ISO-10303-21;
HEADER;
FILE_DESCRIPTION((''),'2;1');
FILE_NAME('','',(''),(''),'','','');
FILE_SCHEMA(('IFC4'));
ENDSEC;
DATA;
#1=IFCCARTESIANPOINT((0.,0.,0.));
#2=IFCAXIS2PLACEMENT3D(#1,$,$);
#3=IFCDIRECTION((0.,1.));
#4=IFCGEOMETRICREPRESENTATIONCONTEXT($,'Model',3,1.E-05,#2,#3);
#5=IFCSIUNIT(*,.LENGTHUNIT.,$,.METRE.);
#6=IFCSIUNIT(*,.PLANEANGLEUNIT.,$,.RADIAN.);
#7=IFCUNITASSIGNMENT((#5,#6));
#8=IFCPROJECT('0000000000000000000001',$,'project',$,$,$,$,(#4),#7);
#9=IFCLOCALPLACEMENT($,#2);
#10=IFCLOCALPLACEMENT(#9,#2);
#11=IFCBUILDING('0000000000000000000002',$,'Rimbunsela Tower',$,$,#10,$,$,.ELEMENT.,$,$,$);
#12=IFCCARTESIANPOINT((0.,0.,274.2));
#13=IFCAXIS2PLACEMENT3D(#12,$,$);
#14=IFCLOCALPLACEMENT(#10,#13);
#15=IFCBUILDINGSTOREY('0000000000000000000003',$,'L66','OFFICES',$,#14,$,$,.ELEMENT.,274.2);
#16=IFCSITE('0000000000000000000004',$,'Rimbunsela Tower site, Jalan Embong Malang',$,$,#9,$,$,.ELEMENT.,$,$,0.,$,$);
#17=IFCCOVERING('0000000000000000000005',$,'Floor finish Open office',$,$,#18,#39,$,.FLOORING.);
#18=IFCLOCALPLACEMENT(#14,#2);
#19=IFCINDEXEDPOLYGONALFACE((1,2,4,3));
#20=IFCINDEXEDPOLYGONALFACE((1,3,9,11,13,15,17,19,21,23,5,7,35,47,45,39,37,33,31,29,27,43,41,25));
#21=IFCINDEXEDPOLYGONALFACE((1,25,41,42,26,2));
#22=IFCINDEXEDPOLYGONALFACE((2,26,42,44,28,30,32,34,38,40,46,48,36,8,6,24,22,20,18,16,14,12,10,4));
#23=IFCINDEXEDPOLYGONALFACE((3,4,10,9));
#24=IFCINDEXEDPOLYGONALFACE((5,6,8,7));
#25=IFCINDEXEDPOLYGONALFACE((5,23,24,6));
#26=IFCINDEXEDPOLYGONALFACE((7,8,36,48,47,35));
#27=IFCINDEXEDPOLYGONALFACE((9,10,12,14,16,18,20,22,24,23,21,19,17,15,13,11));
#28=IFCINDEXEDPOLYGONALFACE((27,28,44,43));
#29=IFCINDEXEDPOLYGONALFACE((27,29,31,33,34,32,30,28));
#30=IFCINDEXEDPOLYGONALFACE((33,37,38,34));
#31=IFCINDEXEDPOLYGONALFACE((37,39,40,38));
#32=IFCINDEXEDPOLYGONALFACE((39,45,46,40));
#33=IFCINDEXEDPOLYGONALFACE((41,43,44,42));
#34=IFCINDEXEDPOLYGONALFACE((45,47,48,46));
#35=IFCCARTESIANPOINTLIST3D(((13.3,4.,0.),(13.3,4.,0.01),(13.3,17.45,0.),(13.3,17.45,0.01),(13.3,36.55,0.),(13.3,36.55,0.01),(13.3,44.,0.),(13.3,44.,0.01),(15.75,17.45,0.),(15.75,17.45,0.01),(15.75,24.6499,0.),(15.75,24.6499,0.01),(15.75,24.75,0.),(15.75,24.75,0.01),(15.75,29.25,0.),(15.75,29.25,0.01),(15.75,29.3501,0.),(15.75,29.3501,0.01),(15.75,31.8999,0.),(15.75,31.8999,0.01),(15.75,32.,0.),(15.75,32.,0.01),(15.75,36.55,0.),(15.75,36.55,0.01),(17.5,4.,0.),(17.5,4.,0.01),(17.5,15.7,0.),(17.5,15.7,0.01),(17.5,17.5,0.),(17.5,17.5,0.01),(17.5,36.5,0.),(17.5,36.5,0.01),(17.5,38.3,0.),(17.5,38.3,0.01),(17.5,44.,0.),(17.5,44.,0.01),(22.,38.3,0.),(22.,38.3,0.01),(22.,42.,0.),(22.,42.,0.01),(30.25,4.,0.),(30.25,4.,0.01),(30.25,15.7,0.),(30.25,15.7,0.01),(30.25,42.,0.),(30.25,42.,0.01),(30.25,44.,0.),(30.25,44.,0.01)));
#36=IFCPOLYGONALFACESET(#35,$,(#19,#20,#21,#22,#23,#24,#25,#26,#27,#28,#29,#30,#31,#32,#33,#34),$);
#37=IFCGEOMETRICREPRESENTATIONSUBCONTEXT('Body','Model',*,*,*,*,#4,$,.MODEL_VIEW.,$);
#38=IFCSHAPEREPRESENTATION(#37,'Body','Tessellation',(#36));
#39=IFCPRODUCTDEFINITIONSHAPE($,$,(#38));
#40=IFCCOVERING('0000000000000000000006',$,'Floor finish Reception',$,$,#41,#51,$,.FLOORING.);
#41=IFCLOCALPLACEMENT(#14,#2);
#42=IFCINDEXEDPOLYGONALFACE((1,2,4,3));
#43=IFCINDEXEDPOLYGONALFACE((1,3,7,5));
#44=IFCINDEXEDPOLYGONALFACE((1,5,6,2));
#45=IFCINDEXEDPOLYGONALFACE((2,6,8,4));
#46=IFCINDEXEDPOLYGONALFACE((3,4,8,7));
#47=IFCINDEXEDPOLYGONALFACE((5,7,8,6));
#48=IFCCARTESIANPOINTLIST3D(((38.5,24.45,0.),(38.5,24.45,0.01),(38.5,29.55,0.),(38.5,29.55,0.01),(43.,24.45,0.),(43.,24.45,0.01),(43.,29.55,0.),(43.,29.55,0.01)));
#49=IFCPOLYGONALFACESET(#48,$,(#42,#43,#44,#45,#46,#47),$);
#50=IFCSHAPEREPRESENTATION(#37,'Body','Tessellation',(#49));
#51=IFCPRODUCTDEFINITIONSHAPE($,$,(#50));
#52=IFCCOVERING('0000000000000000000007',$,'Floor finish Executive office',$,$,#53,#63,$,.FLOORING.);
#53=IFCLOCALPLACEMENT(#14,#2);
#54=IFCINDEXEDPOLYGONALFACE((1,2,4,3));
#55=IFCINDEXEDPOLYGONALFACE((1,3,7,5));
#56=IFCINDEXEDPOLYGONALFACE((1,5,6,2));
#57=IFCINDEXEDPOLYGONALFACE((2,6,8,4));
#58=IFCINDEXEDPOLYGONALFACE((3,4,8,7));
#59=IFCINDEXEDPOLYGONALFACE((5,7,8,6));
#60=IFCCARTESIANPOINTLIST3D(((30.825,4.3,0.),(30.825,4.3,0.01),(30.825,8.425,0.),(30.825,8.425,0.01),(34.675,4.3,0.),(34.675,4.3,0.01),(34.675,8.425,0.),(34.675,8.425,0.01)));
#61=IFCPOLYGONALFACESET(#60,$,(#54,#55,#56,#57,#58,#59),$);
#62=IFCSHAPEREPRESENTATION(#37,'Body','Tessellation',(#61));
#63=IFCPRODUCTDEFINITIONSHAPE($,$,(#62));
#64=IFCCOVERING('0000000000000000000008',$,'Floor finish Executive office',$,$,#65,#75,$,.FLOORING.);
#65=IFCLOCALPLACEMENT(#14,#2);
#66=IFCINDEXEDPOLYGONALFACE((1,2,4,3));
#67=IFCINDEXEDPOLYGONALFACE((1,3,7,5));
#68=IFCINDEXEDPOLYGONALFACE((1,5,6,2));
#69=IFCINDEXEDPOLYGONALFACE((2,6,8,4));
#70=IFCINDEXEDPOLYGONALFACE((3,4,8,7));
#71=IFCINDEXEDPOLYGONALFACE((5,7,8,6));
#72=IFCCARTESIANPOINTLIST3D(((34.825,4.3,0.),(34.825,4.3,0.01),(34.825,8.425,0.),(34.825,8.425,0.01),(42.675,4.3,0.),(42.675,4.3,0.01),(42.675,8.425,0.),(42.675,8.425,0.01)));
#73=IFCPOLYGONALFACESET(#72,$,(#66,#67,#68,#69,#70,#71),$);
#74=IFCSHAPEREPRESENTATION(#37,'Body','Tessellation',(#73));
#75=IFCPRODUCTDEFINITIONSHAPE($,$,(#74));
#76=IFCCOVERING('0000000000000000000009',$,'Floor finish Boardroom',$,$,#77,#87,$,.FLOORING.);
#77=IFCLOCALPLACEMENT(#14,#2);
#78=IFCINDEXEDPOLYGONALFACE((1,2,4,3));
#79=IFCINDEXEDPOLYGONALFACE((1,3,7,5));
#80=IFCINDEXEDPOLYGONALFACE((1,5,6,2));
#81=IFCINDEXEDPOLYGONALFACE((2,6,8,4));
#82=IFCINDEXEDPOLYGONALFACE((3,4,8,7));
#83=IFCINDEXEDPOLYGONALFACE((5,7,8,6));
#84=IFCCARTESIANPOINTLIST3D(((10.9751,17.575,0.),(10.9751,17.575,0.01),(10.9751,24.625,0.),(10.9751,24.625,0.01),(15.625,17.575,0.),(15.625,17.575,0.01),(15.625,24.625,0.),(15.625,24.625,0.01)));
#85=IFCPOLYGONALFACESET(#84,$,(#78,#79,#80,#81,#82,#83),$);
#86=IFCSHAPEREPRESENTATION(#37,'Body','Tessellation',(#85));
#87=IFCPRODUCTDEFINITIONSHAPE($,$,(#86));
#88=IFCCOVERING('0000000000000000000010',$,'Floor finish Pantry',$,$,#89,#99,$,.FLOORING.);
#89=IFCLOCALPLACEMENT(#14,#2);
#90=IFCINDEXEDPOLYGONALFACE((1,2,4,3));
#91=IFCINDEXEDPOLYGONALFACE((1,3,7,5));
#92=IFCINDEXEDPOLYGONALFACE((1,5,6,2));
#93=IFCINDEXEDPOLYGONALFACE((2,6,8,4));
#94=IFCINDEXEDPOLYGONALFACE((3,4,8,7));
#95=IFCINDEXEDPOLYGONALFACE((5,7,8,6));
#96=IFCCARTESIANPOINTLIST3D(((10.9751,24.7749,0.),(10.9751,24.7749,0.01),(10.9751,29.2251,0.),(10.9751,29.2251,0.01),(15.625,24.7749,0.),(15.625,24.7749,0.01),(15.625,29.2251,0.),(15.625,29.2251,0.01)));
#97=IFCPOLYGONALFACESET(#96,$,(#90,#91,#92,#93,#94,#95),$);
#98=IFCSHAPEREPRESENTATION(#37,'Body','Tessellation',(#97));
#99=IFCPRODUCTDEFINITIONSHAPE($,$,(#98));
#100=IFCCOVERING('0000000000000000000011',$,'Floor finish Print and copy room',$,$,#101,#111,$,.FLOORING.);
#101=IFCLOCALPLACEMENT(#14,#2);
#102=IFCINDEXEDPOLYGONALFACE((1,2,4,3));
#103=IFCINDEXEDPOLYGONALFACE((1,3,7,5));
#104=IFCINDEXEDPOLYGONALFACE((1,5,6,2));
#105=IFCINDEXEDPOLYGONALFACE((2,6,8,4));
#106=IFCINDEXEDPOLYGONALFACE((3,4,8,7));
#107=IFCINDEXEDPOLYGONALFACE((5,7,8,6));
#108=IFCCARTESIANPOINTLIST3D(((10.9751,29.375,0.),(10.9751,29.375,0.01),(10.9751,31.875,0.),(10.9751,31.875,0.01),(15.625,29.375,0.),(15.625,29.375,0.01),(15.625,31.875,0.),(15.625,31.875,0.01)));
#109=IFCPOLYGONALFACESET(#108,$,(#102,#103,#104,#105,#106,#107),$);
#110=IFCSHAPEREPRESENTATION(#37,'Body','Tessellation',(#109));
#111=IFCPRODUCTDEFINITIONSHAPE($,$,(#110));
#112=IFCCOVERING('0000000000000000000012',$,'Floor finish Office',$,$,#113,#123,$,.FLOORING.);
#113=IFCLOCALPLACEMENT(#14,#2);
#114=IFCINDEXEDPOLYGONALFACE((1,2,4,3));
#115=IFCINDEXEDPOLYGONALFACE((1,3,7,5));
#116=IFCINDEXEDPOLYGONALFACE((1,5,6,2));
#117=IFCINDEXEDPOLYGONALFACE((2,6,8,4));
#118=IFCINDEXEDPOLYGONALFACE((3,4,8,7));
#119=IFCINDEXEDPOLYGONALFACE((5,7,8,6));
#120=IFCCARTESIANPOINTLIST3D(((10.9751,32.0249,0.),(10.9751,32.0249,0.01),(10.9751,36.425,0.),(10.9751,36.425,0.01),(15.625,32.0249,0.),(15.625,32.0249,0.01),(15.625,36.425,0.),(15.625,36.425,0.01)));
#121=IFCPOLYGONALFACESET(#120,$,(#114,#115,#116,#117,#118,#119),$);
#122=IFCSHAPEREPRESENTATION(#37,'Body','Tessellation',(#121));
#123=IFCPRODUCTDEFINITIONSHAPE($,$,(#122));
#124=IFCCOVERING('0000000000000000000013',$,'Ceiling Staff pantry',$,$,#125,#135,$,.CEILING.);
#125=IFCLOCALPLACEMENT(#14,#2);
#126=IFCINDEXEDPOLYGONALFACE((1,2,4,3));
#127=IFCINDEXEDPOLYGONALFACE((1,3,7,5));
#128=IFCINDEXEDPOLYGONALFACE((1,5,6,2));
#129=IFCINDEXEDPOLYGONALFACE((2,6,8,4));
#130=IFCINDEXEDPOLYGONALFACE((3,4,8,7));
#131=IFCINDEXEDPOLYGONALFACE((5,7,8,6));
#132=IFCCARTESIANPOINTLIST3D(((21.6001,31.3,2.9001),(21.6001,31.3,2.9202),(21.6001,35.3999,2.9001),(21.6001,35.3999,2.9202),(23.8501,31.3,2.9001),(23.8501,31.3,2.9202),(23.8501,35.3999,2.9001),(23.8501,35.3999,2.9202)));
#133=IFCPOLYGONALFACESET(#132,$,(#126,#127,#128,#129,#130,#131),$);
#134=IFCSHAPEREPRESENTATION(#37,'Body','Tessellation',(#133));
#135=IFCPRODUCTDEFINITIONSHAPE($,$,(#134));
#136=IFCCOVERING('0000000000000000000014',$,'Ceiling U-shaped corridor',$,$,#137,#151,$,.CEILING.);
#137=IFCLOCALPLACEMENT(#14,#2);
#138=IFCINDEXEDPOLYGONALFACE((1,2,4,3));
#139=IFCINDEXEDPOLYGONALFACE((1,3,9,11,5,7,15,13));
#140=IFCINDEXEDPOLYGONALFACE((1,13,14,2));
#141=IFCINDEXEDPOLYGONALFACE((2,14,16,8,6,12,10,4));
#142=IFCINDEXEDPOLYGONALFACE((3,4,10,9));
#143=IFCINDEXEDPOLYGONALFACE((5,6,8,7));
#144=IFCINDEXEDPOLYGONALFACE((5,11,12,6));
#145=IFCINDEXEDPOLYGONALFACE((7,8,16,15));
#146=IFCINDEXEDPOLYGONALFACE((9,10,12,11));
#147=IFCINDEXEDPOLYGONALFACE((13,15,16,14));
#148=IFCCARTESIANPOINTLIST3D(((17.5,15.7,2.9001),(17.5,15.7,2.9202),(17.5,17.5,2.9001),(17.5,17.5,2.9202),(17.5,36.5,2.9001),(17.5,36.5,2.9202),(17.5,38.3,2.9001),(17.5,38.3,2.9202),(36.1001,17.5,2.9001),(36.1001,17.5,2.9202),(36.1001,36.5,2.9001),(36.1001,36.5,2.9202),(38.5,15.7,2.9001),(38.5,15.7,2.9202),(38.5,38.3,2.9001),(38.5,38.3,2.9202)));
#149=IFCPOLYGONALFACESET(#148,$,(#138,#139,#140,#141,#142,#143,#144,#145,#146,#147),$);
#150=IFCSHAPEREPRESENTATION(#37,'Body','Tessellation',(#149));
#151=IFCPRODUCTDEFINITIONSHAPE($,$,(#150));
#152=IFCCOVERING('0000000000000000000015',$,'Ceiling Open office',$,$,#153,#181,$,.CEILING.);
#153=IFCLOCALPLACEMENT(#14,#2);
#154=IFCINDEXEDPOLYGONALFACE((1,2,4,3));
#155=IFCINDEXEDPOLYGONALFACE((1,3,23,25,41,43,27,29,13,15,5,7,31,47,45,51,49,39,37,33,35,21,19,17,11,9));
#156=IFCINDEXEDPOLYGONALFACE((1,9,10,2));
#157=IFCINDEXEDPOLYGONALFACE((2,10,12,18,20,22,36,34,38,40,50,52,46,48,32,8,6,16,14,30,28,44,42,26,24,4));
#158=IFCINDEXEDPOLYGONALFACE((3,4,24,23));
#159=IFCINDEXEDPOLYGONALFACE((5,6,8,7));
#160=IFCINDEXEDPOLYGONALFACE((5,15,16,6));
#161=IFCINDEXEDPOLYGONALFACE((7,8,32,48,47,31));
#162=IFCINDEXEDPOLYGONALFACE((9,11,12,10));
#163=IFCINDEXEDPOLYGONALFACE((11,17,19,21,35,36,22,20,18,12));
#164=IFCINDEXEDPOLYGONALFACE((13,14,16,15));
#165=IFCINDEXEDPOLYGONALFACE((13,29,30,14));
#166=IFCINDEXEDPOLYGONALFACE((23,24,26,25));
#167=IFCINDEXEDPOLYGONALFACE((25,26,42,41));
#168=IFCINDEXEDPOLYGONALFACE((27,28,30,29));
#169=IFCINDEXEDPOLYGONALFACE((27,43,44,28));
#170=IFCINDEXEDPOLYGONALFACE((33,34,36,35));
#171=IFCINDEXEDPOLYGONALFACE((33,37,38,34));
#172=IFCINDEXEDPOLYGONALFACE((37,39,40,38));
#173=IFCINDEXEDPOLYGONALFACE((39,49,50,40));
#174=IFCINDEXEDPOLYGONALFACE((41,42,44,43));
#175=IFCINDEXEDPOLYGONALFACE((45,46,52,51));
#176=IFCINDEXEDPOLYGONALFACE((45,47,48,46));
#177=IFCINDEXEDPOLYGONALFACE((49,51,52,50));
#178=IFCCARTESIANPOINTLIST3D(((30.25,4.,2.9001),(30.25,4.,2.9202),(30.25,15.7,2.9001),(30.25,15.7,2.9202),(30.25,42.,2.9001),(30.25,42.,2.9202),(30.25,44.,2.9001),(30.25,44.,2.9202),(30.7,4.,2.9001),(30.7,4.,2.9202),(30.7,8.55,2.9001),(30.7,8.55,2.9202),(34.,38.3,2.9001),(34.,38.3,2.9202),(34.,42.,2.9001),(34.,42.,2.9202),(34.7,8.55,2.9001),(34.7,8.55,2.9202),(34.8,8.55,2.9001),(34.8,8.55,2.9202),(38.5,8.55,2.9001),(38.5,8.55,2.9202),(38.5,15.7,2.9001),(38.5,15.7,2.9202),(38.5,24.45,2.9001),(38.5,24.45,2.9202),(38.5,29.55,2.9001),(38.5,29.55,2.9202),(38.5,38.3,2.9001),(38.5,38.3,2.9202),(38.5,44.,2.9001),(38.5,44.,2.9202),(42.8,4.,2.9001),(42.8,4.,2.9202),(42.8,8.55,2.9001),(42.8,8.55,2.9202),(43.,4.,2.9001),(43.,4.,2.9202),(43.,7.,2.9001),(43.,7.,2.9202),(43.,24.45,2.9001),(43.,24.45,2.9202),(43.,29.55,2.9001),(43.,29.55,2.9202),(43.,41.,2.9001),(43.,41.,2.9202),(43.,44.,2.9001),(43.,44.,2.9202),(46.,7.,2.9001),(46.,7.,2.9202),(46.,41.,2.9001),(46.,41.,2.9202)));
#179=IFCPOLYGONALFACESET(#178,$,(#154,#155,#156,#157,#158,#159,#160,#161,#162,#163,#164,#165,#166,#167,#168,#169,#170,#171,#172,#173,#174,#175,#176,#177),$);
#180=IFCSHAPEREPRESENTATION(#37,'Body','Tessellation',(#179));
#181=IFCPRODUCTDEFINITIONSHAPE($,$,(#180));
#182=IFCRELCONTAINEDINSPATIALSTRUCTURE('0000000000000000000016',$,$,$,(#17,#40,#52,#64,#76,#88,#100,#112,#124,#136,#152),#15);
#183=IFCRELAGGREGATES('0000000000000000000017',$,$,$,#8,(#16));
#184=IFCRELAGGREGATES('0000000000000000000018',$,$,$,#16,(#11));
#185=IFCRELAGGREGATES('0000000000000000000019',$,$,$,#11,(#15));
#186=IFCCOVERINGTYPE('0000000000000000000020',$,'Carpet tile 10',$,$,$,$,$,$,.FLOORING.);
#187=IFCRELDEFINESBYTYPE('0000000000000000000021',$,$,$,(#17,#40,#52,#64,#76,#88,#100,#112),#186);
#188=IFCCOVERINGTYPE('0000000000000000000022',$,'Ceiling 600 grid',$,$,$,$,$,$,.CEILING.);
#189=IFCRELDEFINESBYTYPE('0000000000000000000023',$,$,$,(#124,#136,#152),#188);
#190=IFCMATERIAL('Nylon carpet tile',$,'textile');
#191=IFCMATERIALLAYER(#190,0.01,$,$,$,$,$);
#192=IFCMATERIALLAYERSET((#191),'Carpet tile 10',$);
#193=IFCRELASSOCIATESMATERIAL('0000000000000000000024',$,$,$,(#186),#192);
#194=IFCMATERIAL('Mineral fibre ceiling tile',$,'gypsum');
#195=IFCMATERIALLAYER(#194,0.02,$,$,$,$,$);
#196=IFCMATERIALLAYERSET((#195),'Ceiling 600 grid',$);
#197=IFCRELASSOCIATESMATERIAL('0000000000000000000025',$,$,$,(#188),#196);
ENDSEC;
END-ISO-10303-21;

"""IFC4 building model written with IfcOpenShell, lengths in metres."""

from ifc_helpers import new_model, si_unit, direction, frame, origin, place, context, subcontext, project, spatial, polyline, outline, extrude, material, layer, layer_set, type_object, element, save


model = new_model("IFC4")

# Units and contexts
model_context = context("Model", 3, precision=1e-05, world=origin(), true_north=direction((0.0, 1.0)))
body_context = subcontext(model_context, "Body", "Model", "MODEL_VIEW")
ifc_project = project(units=[si_unit("LENGTHUNIT", "METRE"), si_unit("PLANEANGLEUNIT", "RADIAN")], contexts=[model_context])

# Site, building, storey
site_placement = place(None, origin())
site = spatial("IfcSite", under=ifc_project, at=site_placement, Name="Rimbunsela Tower site, Jalan Embong Malang", CompositionType="ELEMENT", RefElevation=0.0)
building_placement = place(site_placement, origin())
building = spatial("IfcBuilding", under=site, at=building_placement, Name="Rimbunsela Tower", CompositionType="ELEMENT")
storey_placement = place(building_placement, frame((0.0, 0.0, 274.2)))
storey = spatial("IfcBuildingStorey", under=building, at=storey_placement, Name="L66", Description="OFFICES", CompositionType="ELEMENT", Elevation=274.2)

# Coverings
ifc_material_1 = material(Name="Nylon carpet tile", Category="textile")
ifc_layer_1 = layer(ifc_material_1, 0.01)
ifc_layer_set_1 = layer_set([ifc_layer_1], Name="Carpet tile 10")
covering_type_1 = type_object("IfcCoveringType", Name="Carpet tile 10", PredefinedType="FLOORING", material=ifc_layer_set_1)
covering_1_placement = place(storey_placement, origin())
element("IfcCovering", 1, at=covering_1_placement, inside=storey, type_object=covering_type_1, Name="Floor finish Open office", PredefinedType="FLOORING", context=body_context, shape_type="SweptSolid", body=[
    extrude(outline(polyline([(30.25, 4.0), (17.5, 4.0), (13.3, 4.0), (13.3, 17.45), (15.75, 17.45), (15.75, 24.6499), (15.75, 24.75), (15.75, 29.25), (15.75, 29.3501), (15.75, 31.8999), (15.75, 32.0), (15.75, 36.55), (13.3, 36.55), (13.3, 44.0), (17.5, 44.0), (30.25, 44.0), (30.25, 42.0), (22.0, 42.0), (22.0, 38.3), (17.5, 38.3), (17.5, 36.5), (17.5, 17.5), (17.5, 15.7), (30.25, 15.7), (30.25, 4.0)])), origin(), (0.0, 0.0, 1.0), 0.01),
])
covering_2_placement = place(storey_placement, origin())
element("IfcCovering", 2, at=covering_2_placement, inside=storey, type_object=covering_type_1, Name="Floor finish Reception", PredefinedType="FLOORING", context=body_context, shape_type="SweptSolid", body=[
    extrude(outline(polyline([(43.0, 24.45), (43.0, 29.55), (38.5, 29.55), (38.5, 24.45), (43.0, 24.45)])), origin(), (0.0, 0.0, 1.0), 0.01),
])
covering_3_placement = place(storey_placement, origin())
element("IfcCovering", 3, at=covering_3_placement, inside=storey, type_object=covering_type_1, Name="Floor finish Executive office", PredefinedType="FLOORING", context=body_context, shape_type="SweptSolid", body=[
    extrude(outline(polyline([(34.675, 4.3), (34.675, 8.425), (30.825, 8.425), (30.825, 4.3), (34.675, 4.3)])), origin(), (0.0, 0.0, 1.0), 0.01),
])
covering_4_placement = place(storey_placement, origin())
element("IfcCovering", 4, at=covering_4_placement, inside=storey, type_object=covering_type_1, Name="Floor finish Executive office", PredefinedType="FLOORING", context=body_context, shape_type="SweptSolid", body=[
    extrude(outline(polyline([(42.675, 4.3), (42.675, 8.425), (34.825, 8.425), (34.825, 4.3), (42.675, 4.3)])), origin(), (0.0, 0.0, 1.0), 0.01),
])
covering_5_placement = place(storey_placement, origin())
element("IfcCovering", 5, at=covering_5_placement, inside=storey, type_object=covering_type_1, Name="Floor finish Boardroom", PredefinedType="FLOORING", context=body_context, shape_type="SweptSolid", body=[
    extrude(outline(polyline([(15.625, 17.575), (15.625, 24.625), (10.9751, 24.625), (10.9751, 17.575), (15.625, 17.575)])), origin(), (0.0, 0.0, 1.0), 0.01),
])
covering_6_placement = place(storey_placement, origin())
element("IfcCovering", 6, at=covering_6_placement, inside=storey, type_object=covering_type_1, Name="Floor finish Pantry", PredefinedType="FLOORING", context=body_context, shape_type="SweptSolid", body=[
    extrude(outline(polyline([(15.625, 24.7749), (15.625, 29.2251), (10.9751, 29.2251), (10.9751, 24.7749), (15.625, 24.7749)])), origin(), (0.0, 0.0, 1.0), 0.01),
])
covering_7_placement = place(storey_placement, origin())
element("IfcCovering", 7, at=covering_7_placement, inside=storey, type_object=covering_type_1, Name="Floor finish Print and copy room", PredefinedType="FLOORING", context=body_context, shape_type="SweptSolid", body=[
    extrude(outline(polyline([(15.625, 29.375), (15.625, 31.875), (10.9751, 31.875), (10.9751, 29.375), (15.625, 29.375)])), origin(), (0.0, 0.0, 1.0), 0.01),
])
covering_8_placement = place(storey_placement, origin())
element("IfcCovering", 8, at=covering_8_placement, inside=storey, type_object=covering_type_1, Name="Floor finish Office", PredefinedType="FLOORING", context=body_context, shape_type="SweptSolid", body=[
    extrude(outline(polyline([(15.625, 32.0249), (15.625, 36.425), (10.9751, 36.425), (10.9751, 32.0249), (15.625, 32.0249)])), origin(), (0.0, 0.0, 1.0), 0.01),
])
ifc_material_2 = material(Name="Mineral fibre ceiling tile", Category="gypsum")
ifc_layer_2 = layer(ifc_material_2, 0.02)
ifc_layer_set_2 = layer_set([ifc_layer_2], Name="Ceiling 600 grid")
covering_type_2 = type_object("IfcCoveringType", Name="Ceiling 600 grid", PredefinedType="CEILING", material=ifc_layer_set_2)
covering_9_placement = place(storey_placement, frame((0.0, 0.0, 2.9001)))
element("IfcCovering", 9, at=covering_9_placement, inside=storey, type_object=covering_type_2, Name="Ceiling Staff pantry", PredefinedType="CEILING", context=body_context, shape_type="SweptSolid", body=[
    extrude(outline(polyline([(23.8501, 31.3), (23.8501, 35.3999), (21.6001, 35.3999), (21.6001, 31.3), (23.8501, 31.3)])), origin(), (0.0, 0.0, 1.0), 0.02),
])
covering_10_placement = place(storey_placement, frame((0.0, 0.0, 2.9001)))
element("IfcCovering", 10, at=covering_10_placement, inside=storey, type_object=covering_type_2, Name="Ceiling U-shaped corridor", PredefinedType="CEILING", context=body_context, shape_type="SweptSolid", body=[
    extrude(outline(polyline([(38.5, 38.3), (38.5, 15.7), (17.5, 15.7), (17.5, 17.5), (36.1001, 17.5), (36.1001, 36.5), (17.5, 36.5), (17.5, 38.3), (38.5, 38.3)])), origin(), (0.0, 0.0, 1.0), 0.02),
])
covering_11_placement = place(storey_placement, frame((0.0, 0.0, 2.9001)))
element("IfcCovering", 11, at=covering_11_placement, inside=storey, type_object=covering_type_2, Name="Ceiling Open office", PredefinedType="CEILING", context=body_context, shape_type="SweptSolid", body=[
    extrude(outline(polyline([(30.7, 8.55), (30.7, 4.0), (30.25, 4.0), (30.25, 15.7), (38.5, 15.7), (38.5, 24.45), (43.0, 24.45), (43.0, 29.55), (38.5, 29.55), (38.5, 38.3), (34.0, 38.3), (34.0, 42.0), (30.25, 42.0), (30.25, 44.0), (38.5, 44.0), (43.0, 44.0), (43.0, 41.0), (46.0, 41.0), (46.0, 7.0), (43.0, 7.0), (43.0, 4.0), (42.8, 4.0), (42.8, 8.55), (38.5, 8.55), (34.8, 8.55), (34.7, 8.55), (30.7, 8.55)])), origin(), (0.0, 0.0, 1.0), 0.02),
])

save(model, "model.ifc")
